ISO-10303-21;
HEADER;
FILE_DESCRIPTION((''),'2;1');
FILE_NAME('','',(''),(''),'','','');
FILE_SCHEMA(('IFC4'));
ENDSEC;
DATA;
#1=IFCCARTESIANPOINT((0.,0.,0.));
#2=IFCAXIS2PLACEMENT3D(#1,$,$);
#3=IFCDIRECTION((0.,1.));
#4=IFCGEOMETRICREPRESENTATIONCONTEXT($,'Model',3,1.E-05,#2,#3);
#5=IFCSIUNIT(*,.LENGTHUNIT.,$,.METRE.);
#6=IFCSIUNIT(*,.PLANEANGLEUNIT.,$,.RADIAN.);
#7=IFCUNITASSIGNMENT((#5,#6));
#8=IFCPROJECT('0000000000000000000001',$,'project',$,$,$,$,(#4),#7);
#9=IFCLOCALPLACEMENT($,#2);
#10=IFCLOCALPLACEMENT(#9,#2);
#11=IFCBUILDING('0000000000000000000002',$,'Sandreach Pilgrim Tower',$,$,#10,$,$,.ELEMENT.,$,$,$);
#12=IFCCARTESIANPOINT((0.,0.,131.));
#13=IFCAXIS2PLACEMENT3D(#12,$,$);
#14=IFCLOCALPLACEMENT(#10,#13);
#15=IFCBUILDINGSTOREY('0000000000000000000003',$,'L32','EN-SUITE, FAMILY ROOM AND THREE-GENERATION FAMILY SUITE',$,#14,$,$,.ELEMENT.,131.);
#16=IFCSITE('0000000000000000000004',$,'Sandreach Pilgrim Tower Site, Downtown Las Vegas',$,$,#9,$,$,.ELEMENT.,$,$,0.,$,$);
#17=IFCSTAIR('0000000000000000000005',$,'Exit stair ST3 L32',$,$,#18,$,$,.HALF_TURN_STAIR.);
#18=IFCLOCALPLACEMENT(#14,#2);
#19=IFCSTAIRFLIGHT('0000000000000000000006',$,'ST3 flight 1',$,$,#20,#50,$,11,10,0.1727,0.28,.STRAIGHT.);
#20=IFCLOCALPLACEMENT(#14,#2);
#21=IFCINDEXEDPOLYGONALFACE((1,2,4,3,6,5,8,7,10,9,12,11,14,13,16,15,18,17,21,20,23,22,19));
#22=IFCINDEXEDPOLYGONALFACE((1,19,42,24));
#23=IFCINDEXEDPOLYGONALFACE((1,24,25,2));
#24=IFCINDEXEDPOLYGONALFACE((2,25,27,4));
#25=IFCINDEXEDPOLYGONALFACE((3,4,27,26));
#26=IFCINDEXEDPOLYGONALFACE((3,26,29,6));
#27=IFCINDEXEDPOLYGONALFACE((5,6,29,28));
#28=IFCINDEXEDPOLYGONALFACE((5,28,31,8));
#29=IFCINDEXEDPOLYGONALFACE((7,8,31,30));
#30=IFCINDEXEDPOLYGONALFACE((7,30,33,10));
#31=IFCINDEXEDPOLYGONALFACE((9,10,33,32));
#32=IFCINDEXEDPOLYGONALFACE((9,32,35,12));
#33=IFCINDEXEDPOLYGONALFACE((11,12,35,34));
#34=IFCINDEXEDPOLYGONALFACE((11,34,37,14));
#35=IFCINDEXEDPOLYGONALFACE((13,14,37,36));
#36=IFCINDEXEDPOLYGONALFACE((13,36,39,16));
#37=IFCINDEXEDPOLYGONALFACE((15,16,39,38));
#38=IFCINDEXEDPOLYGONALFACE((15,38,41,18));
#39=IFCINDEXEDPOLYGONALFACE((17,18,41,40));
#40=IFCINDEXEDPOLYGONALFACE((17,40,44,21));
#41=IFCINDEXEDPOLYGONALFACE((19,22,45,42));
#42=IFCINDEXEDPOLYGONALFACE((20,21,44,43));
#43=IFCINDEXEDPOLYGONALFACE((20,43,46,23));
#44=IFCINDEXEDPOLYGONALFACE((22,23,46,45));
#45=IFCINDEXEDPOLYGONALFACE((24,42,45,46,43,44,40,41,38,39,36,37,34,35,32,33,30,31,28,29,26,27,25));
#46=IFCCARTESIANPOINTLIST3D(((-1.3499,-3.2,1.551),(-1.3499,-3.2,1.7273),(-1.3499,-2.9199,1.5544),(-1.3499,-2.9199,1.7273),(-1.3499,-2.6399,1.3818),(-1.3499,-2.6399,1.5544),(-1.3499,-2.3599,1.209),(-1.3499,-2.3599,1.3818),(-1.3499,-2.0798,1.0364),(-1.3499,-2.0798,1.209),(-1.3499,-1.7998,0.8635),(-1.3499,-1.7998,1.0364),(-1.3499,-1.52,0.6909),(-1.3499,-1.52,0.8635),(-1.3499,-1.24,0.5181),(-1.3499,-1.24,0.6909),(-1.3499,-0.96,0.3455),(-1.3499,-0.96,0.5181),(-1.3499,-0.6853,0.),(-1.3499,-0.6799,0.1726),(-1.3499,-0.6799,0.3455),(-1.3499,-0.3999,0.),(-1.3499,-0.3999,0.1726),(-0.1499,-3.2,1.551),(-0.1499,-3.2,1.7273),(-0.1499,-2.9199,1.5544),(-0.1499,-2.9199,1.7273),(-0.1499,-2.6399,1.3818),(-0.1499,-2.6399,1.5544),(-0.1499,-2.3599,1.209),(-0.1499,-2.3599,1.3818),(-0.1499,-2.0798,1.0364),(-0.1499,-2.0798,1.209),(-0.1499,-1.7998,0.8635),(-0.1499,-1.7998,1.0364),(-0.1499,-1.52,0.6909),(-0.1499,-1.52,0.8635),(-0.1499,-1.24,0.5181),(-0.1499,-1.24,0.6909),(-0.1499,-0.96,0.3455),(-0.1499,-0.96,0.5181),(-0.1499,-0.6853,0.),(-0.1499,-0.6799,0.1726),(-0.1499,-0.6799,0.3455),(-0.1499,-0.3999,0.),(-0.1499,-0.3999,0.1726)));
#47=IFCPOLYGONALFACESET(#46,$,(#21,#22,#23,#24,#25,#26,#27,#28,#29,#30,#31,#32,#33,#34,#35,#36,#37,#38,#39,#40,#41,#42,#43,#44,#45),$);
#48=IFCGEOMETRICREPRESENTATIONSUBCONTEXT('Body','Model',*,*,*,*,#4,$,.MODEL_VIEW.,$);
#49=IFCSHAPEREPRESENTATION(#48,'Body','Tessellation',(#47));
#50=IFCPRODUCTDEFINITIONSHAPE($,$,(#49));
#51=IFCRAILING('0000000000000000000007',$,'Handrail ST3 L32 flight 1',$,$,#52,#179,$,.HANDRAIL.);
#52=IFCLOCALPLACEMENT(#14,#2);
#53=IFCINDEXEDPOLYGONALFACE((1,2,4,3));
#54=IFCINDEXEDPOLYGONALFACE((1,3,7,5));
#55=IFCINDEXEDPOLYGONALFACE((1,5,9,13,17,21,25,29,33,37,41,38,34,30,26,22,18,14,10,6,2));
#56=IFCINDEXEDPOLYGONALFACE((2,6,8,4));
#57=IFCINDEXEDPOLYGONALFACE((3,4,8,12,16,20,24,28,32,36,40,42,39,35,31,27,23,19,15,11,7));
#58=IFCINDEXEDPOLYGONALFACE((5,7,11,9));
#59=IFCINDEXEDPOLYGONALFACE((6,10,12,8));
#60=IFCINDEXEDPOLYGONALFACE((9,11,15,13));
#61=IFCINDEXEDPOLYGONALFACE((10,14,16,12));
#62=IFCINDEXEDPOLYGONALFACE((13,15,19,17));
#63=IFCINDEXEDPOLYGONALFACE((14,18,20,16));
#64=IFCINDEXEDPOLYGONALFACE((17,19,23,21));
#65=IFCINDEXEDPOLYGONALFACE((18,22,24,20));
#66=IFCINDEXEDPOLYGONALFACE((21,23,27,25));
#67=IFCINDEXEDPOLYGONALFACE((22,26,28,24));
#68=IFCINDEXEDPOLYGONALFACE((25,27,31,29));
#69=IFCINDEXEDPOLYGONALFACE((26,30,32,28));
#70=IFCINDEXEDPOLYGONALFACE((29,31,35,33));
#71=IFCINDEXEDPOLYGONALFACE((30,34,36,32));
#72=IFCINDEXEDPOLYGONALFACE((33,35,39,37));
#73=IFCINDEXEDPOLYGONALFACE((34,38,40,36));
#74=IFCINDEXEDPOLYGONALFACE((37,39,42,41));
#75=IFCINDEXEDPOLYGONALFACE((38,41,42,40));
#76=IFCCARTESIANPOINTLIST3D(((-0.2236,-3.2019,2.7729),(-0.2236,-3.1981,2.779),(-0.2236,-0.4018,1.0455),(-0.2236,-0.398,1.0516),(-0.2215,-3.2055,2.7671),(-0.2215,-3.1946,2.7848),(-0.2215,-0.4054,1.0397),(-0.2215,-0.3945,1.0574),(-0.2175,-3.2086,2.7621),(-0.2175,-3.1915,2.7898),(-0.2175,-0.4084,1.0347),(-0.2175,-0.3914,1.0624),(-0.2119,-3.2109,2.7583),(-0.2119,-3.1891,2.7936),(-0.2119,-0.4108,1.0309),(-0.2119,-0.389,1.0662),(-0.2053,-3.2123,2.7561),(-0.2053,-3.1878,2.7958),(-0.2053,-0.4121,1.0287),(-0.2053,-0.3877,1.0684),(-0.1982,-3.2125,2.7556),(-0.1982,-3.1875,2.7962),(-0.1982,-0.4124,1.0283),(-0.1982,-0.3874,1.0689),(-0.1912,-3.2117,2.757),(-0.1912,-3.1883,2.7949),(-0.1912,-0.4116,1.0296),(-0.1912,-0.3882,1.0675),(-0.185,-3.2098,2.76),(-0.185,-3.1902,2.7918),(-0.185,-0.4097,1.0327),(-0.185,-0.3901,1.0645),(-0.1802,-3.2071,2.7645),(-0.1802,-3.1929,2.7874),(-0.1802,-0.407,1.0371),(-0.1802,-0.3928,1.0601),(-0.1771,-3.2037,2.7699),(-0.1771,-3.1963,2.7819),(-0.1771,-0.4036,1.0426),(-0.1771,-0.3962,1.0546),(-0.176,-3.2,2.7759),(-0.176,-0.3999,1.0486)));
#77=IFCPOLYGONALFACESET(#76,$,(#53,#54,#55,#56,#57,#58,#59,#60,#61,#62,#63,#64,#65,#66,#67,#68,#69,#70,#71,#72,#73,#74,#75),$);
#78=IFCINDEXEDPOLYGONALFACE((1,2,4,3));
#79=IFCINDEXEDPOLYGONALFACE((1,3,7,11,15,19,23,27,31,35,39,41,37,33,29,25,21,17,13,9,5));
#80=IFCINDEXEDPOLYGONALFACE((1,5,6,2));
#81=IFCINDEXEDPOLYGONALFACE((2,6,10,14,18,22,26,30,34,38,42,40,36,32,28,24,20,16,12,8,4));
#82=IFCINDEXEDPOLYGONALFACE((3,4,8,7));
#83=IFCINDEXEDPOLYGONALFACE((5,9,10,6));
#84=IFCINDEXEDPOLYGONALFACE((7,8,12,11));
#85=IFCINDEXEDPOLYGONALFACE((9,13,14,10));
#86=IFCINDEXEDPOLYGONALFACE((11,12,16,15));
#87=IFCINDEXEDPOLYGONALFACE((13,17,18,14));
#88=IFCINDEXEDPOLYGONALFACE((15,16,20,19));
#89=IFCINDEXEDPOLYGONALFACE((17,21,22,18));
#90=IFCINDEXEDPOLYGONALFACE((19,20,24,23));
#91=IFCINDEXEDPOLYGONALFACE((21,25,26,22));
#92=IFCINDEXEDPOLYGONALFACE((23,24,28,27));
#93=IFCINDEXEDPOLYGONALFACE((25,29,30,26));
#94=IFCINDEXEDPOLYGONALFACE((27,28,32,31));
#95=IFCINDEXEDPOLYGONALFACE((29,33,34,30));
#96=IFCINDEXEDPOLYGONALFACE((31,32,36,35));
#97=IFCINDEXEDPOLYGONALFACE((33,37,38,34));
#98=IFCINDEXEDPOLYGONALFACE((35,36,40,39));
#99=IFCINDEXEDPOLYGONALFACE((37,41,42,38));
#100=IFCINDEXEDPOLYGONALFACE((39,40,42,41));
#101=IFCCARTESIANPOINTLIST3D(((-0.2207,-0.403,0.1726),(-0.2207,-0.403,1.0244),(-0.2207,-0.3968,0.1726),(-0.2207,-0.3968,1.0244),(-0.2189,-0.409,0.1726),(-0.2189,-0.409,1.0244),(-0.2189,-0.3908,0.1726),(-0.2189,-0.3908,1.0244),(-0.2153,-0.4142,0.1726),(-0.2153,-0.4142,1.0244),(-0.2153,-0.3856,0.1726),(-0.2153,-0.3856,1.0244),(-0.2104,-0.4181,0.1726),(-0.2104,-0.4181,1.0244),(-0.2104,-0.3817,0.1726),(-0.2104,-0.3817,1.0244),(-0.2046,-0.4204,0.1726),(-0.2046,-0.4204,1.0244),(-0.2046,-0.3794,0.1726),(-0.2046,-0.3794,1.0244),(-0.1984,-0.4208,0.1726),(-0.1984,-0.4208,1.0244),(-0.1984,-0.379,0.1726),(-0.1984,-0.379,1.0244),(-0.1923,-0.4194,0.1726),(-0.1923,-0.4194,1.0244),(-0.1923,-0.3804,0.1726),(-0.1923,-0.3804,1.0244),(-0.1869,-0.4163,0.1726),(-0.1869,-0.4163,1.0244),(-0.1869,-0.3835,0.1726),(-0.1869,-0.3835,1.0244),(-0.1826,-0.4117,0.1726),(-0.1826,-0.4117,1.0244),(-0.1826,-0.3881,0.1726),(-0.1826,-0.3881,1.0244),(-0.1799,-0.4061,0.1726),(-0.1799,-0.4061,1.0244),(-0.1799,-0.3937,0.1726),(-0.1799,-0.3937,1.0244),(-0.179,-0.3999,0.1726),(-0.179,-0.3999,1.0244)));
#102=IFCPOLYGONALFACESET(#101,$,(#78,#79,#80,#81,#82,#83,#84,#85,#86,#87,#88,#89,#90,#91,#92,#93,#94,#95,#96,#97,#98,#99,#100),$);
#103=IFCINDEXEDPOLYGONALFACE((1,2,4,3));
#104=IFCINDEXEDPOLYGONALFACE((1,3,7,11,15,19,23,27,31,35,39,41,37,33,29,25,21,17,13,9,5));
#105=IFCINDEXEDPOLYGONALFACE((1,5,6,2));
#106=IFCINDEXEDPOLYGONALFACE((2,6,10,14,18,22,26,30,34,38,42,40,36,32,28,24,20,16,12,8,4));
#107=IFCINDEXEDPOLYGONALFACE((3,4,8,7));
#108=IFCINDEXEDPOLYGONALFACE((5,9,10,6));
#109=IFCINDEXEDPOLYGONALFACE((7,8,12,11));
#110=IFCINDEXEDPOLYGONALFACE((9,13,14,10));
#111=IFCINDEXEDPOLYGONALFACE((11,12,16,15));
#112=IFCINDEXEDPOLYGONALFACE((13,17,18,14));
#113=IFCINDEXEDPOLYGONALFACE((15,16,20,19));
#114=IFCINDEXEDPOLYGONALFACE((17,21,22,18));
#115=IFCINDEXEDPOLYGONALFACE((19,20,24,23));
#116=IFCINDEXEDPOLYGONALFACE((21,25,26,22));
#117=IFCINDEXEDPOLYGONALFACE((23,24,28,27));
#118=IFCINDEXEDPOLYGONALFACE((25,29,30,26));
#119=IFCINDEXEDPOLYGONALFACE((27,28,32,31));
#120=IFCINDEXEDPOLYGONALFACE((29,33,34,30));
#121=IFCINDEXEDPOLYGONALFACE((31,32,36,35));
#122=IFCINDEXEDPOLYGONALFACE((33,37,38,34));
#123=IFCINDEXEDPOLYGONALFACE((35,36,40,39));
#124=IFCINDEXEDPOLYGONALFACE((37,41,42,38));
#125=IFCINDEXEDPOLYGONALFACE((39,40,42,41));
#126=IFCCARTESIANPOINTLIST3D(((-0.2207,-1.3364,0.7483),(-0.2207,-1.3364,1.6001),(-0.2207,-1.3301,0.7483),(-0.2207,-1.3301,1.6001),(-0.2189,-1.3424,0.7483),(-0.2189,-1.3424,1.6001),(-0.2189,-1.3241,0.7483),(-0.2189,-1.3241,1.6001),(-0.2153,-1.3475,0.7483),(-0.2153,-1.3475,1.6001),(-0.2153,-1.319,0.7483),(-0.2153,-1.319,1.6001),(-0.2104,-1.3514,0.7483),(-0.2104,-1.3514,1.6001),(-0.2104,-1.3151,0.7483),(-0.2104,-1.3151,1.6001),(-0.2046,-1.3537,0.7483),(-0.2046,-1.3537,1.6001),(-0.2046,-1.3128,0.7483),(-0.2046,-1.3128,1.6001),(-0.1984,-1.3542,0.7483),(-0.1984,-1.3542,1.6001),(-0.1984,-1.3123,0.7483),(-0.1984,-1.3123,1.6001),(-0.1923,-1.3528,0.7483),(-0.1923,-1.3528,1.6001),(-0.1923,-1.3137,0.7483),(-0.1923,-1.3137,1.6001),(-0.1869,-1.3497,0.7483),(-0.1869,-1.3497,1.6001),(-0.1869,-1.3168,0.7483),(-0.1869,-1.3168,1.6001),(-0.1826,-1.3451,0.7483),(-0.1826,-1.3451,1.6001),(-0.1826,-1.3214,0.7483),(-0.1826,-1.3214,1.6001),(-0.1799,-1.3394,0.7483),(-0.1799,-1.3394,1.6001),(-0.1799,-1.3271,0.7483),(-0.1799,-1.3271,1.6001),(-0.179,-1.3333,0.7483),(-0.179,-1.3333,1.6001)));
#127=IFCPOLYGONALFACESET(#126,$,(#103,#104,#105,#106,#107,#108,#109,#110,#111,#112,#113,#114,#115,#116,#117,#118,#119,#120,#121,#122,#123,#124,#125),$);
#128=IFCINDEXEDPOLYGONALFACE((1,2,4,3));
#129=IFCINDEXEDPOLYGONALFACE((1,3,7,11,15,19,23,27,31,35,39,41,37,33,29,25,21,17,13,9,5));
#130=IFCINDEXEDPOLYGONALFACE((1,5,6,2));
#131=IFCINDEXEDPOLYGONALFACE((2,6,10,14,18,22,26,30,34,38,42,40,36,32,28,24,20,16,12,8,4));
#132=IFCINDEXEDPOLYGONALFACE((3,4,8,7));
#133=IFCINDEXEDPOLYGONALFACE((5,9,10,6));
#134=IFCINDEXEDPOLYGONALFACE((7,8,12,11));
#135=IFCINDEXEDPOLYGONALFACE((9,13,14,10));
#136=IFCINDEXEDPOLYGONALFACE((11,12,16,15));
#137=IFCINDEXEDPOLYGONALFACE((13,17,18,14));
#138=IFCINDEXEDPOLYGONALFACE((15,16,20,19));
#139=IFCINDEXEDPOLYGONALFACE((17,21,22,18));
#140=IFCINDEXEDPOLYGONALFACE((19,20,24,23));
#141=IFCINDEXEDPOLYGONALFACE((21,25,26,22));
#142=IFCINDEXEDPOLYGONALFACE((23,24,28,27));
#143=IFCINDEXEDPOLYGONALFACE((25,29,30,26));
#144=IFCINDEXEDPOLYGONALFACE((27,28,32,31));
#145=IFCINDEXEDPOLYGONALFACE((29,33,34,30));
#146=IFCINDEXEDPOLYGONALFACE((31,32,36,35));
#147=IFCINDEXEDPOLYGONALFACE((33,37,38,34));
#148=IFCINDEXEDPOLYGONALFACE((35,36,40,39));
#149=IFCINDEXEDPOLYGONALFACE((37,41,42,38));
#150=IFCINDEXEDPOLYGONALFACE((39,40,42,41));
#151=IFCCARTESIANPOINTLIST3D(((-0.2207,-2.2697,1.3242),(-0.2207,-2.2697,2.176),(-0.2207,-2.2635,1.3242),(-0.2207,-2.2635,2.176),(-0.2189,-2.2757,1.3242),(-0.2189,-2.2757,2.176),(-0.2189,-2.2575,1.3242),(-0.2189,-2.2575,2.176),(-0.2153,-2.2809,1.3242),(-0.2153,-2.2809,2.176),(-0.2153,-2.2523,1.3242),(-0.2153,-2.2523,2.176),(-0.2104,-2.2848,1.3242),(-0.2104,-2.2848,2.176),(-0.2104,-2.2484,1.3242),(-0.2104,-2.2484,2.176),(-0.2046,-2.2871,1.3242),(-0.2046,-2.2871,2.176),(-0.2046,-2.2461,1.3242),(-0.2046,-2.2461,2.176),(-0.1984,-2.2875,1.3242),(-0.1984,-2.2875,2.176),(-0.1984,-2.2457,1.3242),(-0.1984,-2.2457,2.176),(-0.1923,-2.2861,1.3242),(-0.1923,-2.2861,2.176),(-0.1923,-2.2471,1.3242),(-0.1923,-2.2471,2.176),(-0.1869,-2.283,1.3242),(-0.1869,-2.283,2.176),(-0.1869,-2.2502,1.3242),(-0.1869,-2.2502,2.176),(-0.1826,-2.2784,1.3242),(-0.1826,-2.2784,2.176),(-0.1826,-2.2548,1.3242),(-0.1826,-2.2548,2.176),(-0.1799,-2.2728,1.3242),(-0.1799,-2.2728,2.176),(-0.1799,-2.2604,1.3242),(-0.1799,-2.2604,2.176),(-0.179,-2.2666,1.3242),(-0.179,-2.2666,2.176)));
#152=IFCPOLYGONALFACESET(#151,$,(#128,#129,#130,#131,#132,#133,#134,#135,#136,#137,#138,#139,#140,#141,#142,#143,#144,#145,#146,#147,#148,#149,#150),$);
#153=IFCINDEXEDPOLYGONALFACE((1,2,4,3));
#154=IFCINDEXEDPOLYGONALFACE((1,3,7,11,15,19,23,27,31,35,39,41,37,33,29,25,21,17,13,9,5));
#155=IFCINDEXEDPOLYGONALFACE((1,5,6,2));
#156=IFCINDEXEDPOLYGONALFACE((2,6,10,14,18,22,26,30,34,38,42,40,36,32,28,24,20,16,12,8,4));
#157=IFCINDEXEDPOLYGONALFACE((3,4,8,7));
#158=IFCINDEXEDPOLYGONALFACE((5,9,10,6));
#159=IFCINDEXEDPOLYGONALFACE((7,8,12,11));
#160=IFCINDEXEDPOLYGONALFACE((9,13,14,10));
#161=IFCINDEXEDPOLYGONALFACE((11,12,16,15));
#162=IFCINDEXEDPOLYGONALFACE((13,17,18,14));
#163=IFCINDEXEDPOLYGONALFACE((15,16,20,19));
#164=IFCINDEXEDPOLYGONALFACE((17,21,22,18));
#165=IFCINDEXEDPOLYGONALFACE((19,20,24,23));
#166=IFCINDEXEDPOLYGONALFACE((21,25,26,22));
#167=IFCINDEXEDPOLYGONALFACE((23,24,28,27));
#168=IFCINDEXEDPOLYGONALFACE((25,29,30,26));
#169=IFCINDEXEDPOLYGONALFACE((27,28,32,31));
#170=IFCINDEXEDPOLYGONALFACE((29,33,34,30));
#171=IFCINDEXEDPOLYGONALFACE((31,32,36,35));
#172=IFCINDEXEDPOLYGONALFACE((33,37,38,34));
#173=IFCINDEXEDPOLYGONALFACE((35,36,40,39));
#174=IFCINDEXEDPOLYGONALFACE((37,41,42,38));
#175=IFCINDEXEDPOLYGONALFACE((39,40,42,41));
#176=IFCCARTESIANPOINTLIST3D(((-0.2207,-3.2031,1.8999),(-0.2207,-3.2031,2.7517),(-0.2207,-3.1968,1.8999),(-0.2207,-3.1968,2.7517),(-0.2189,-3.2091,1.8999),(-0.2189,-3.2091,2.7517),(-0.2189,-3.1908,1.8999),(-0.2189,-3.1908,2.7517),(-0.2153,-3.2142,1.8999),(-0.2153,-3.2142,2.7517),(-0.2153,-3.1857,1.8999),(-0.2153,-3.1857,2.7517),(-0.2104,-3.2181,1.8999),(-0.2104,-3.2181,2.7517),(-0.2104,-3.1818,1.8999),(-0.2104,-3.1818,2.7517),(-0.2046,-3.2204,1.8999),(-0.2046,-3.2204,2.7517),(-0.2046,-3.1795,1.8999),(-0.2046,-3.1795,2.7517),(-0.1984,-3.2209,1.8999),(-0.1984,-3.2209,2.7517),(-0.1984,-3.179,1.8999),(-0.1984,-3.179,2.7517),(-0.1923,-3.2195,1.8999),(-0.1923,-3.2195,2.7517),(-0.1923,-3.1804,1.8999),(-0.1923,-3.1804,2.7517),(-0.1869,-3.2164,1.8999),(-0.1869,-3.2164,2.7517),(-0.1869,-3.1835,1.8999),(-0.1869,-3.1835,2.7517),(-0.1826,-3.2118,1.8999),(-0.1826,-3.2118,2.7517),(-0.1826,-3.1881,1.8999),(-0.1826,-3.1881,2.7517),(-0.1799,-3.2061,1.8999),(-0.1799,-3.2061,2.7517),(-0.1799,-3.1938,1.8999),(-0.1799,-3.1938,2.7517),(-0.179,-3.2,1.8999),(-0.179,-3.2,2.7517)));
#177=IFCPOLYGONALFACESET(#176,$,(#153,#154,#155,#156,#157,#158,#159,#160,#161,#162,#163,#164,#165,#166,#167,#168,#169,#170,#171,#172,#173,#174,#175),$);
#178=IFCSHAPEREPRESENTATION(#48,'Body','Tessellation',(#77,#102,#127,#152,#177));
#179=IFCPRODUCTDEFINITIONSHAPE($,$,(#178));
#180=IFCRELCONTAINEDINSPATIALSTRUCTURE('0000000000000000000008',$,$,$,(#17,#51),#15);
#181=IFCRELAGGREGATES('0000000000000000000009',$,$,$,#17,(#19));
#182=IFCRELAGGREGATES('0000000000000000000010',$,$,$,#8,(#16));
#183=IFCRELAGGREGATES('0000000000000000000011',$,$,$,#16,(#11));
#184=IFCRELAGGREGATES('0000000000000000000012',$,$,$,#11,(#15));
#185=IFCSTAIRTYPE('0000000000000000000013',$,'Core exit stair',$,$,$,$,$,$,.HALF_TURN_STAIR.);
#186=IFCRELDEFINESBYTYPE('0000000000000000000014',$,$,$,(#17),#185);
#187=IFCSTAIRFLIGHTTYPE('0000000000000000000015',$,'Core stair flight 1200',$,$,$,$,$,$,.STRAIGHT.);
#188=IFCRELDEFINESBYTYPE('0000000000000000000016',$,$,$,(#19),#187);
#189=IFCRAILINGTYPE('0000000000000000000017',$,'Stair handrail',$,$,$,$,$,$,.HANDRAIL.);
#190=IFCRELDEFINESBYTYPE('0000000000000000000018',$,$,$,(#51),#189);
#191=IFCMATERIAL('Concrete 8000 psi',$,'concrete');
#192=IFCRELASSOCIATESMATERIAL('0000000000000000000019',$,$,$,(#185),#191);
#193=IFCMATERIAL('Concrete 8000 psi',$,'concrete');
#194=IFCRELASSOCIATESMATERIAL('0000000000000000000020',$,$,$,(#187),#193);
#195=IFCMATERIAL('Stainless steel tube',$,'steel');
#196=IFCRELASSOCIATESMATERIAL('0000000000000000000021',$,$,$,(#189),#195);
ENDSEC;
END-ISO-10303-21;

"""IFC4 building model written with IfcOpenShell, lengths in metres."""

from ifc_helpers import new_model, si_unit, direction, frame, origin, origin_2d, place, context, subcontext, project, spatial, polyline, circle, outline, extrude, material, type_object, element, aggregate, save


model = new_model("IFC4")

# Units and contexts
model_context = context("Model", 3, precision=1e-05, world=origin(), true_north=direction((0.0, 1.0)))
body_context = subcontext(model_context, "Body", "Model", "MODEL_VIEW")
ifc_project = project(units=[si_unit("LENGTHUNIT", "METRE"), si_unit("PLANEANGLEUNIT", "RADIAN")], contexts=[model_context])

# Site, building, storey
site_placement = place(None, origin())
site = spatial("IfcSite", under=ifc_project, at=site_placement, Name="Sandreach Pilgrim Tower Site, Downtown Las Vegas", CompositionType="ELEMENT", RefElevation=0.0)
building_placement = place(site_placement, origin())
building = spatial("IfcBuilding", under=site, at=building_placement, Name="Sandreach Pilgrim Tower", CompositionType="ELEMENT")
storey_placement = place(building_placement, frame((0.0, 0.0, 131.0)))
storey = spatial("IfcBuildingStorey", under=building, at=storey_placement, Name="L32", Description="EN-SUITE, FAMILY ROOM AND THREE-GENERATION FAMILY SUITE", CompositionType="ELEMENT", Elevation=131.0)

# Stair, stair flight
ifc_material_1 = material(Name="Concrete 8000 psi", Category="concrete")
stair_type = type_object("IfcStairType", Name="Core exit stair", PredefinedType="HALF_TURN_STAIR", material=ifc_material_1)
stair_placement = place(storey_placement, origin())
stair = element("IfcStair", 1, at=stair_placement, inside=storey, type_object=stair_type, Name="Exit stair ST3 L32", PredefinedType="HALF_TURN_STAIR")
ifc_material_2 = material(Name="Concrete 8000 psi", Category="concrete")
stair_flight_type = type_object("IfcStairFlightType", Name="Core stair flight 1200", PredefinedType="STRAIGHT", material=ifc_material_2)
stair_flight_placement = place(storey_placement, frame((-0.75, -0.3999, 0.0), z_axis=(0.0, 0.0, 1.0), x_axis=(0.0, -1.0, 0.0)))
stair_flight = element("IfcStairFlight", 2, at=stair_flight_placement, type_object=stair_flight_type, Name="ST3 flight 1", NumberOfRisers=11, NumberOfTreads=10, PredefinedType="STRAIGHT", RiserHeight=0.1727, TreadLength=0.28, context=body_context, shape_type="SweptSolid", body=[
    extrude(outline(polyline([(0.0, 0.0), (0.0, 0.1726), (0.28, 0.1726), (0.28, 0.3455), (0.5601, 0.3455), (0.5601, 0.5181), (0.8401, 0.5181), (0.8401, 0.6909), (1.1201, 0.6909), (1.1201, 0.8635), (1.3999, 0.8635), (1.3999, 1.0364), (1.6799, 1.0364), (1.6799, 1.209), (1.96, 1.209), (1.96, 1.3818), (2.24, 1.3818), (2.24, 1.5544), (2.52, 1.5544), (2.52, 1.7273), (2.8, 1.7273), (2.8, 1.8999), (2.8, 1.551), (0.2854, 0.0), (0.0, 0.0)])), frame((0.0, 0.6001, 0.0), z_axis=(0.0, -1.0, 0.0), x_axis=(1.0, 0.0, 0.0)), (0.0, 0.0, 1.0), 1.2),
])
aggregate(stair, [stair_flight])

# Railing
ifc_material_3 = material(Name="Stainless steel tube", Category="steel")
railing_type = type_object("IfcRailingType", Name="Stair handrail", PredefinedType="HANDRAIL", material=ifc_material_3)
railing_placement = place(storey_placement, frame((-0.2, -0.3999, 0.1726)))
element("IfcRailing", 3, at=railing_placement, inside=storey, type_object=railing_type, Name="Handrail ST3 L32 flight 1", PredefinedType="HANDRAIL", context=body_context, shape_type="SweptSolid", body=[
    extrude(circle(Radius=0.0239, at=origin_2d()), frame((0.0, 0.0, 0.876), z_axis=(0.0, -0.85109, 0.52502), x_axis=(1.0, 0.0, 0.0)), (0.0, 0.0, 1.0), 3.29),
    extrude(circle(Radius=0.021, at=origin_2d()), origin(), (0.0, 0.0, 1.0), 0.8518),
    extrude(circle(Radius=0.021, at=origin_2d()), frame((0.0, -0.9333, 0.5757)), (0.0, 0.0, 1.0), 0.8518),
    extrude(circle(Radius=0.021, at=origin_2d()), frame((0.0, -1.8667, 1.1516)), (0.0, 0.0, 1.0), 0.8518),
    extrude(circle(Radius=0.021, at=origin_2d()), frame((0.0, -2.8, 1.7273)), (0.0, 0.0, 1.0), 0.8518),
])

save(model, "model.ifc")
